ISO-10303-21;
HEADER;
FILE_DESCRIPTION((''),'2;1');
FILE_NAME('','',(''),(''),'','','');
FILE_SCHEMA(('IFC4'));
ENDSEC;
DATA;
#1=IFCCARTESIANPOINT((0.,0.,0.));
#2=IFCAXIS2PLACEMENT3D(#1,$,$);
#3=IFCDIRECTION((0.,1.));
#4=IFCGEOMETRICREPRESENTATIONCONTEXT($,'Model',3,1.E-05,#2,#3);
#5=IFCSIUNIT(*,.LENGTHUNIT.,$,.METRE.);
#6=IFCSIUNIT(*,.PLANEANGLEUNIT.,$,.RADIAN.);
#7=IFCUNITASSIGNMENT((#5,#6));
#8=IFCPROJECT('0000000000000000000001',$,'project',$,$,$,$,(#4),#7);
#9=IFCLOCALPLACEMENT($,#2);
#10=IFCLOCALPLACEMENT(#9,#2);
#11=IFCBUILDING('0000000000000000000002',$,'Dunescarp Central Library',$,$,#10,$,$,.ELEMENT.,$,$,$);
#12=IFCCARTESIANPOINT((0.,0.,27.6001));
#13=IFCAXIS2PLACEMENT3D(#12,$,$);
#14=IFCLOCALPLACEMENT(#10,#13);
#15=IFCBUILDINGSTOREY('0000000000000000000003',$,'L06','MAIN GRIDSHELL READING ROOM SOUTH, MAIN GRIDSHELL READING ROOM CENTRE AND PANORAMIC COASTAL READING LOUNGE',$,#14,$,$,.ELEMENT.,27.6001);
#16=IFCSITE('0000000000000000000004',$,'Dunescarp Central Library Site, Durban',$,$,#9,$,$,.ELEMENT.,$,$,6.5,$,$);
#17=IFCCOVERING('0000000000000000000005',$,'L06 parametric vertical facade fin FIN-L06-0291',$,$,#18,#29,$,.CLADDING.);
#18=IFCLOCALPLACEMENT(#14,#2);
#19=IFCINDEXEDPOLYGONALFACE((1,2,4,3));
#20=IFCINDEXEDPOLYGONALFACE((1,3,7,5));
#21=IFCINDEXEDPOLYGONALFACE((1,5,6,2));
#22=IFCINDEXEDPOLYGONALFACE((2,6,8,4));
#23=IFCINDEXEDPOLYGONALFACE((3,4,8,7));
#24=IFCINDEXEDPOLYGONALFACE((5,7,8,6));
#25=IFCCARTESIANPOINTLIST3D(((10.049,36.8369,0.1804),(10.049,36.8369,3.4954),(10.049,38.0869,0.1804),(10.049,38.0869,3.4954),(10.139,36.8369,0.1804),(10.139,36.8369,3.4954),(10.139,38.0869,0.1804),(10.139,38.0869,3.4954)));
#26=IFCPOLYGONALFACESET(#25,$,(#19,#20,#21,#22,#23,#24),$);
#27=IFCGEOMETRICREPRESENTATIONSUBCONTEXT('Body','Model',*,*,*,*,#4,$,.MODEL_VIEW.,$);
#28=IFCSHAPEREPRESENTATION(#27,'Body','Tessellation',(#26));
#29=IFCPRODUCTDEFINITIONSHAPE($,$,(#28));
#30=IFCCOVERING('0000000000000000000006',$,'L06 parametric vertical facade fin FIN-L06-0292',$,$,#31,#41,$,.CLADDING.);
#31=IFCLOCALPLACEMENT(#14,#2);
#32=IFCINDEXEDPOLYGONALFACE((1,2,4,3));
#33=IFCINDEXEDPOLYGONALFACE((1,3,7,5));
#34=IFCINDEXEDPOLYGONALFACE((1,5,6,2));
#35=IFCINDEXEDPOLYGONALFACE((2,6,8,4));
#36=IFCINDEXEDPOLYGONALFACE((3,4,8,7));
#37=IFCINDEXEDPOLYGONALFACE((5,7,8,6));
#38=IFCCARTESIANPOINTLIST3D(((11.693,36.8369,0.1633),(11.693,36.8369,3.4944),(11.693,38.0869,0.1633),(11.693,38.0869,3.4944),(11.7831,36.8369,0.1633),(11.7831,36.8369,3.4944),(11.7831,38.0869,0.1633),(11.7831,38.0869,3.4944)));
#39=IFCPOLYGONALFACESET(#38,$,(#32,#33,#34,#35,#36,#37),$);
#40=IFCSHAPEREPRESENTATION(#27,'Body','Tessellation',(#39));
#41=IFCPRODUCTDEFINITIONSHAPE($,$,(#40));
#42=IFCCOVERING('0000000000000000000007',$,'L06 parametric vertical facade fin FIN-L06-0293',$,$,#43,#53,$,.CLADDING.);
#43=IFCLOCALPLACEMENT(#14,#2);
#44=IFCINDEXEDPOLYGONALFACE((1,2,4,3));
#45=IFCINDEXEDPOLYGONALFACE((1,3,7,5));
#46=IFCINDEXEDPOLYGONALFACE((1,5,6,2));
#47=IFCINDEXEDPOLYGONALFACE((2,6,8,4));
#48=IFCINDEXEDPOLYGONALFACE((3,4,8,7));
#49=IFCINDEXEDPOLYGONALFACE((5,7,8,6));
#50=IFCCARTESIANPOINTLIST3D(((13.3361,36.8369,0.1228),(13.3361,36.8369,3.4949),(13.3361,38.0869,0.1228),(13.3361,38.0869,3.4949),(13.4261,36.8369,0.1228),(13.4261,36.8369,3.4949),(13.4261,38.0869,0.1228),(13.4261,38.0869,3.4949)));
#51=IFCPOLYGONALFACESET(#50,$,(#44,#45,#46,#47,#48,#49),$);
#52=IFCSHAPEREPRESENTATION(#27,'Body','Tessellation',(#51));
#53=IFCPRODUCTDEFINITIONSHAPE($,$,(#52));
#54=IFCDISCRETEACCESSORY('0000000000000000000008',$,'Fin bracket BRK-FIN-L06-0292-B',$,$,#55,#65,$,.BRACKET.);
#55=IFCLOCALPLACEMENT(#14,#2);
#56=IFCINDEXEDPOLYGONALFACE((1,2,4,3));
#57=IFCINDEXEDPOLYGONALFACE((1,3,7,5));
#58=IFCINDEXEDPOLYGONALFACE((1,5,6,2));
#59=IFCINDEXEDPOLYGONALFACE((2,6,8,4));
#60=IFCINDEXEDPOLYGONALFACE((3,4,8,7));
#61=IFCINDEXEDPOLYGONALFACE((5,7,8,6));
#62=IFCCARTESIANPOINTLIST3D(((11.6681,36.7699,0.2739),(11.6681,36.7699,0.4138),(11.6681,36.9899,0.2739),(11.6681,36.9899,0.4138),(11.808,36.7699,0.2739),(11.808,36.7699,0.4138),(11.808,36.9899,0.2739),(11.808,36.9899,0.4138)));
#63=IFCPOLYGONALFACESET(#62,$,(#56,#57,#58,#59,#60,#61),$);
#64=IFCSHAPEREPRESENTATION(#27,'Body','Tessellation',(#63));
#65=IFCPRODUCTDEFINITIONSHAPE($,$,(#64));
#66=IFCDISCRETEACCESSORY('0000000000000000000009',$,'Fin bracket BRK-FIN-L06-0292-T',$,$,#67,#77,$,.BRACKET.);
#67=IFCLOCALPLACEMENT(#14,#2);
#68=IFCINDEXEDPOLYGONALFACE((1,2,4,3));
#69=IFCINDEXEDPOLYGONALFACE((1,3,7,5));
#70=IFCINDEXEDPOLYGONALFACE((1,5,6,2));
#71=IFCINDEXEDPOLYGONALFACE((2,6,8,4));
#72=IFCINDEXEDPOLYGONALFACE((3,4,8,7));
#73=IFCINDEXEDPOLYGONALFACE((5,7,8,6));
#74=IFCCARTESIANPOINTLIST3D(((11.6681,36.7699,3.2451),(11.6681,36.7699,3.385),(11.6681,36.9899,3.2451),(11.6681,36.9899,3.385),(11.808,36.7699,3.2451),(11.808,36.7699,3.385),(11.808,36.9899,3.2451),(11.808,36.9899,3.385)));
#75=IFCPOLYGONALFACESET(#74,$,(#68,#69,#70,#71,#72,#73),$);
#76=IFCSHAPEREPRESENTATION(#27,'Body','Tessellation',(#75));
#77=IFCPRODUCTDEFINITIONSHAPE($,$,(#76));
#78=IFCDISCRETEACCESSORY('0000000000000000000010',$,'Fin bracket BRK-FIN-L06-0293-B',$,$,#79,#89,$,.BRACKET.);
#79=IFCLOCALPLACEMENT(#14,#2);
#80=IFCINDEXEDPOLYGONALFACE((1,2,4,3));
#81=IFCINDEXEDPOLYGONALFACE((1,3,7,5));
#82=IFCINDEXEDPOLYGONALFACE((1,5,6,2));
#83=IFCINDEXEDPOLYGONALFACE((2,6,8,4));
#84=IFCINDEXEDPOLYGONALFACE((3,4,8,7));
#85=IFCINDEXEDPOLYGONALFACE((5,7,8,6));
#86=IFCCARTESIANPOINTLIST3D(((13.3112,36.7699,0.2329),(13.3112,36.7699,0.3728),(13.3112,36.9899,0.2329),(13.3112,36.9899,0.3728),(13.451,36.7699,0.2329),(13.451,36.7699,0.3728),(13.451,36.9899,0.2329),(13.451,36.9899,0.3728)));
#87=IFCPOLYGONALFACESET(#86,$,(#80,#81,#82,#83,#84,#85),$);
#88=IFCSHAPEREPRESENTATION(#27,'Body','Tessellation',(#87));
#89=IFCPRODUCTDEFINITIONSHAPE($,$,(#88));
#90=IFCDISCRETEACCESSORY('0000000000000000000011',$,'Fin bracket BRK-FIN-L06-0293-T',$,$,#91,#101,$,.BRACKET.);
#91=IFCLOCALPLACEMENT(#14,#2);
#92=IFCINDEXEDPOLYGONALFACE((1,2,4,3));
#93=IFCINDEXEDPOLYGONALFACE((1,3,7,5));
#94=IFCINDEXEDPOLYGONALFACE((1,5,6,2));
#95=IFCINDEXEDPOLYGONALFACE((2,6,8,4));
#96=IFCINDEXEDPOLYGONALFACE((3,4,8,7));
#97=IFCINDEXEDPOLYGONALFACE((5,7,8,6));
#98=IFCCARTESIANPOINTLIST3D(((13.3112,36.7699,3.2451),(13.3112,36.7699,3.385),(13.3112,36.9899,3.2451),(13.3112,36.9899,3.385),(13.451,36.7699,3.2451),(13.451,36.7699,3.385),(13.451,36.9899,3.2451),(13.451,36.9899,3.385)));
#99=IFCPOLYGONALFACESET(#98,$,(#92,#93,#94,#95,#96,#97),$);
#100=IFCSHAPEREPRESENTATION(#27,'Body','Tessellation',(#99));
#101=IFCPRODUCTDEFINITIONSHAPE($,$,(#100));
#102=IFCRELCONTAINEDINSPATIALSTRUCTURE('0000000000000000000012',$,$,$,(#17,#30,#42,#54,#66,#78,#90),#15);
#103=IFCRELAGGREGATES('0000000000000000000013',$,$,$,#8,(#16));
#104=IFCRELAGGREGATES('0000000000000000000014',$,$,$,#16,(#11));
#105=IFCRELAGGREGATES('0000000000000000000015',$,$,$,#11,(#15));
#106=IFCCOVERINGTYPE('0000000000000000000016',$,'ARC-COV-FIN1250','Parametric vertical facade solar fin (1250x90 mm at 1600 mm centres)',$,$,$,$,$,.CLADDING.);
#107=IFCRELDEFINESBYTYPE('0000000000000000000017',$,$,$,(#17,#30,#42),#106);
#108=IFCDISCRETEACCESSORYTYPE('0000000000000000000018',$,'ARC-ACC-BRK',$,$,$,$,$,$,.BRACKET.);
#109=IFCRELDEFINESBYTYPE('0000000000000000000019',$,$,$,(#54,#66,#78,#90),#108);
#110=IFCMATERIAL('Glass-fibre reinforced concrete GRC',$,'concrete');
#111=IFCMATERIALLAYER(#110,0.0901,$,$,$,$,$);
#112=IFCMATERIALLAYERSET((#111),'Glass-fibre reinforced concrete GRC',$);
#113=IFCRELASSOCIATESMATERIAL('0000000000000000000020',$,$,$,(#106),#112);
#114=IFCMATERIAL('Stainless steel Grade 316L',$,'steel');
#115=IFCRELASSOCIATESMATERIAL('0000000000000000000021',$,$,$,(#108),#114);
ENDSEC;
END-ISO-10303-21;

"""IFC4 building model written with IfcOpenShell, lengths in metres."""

from ifc_helpers import new_model, si_unit, direction, frame, origin, origin_2d, place, context, subcontext, project, spatial, rectangle, extrude, material, layer, layer_set, type_object, element, save


model = new_model("IFC4")

# Units and contexts
model_context = context("Model", 3, precision=1e-05, world=origin(), true_north=direction((0.0, 1.0)))
body_context = subcontext(model_context, "Body", "Model", "MODEL_VIEW")
ifc_project = project(units=[si_unit("LENGTHUNIT", "METRE"), si_unit("PLANEANGLEUNIT", "RADIAN")], contexts=[model_context])

# Site, building, storey
site_placement = place(None, origin())
site = spatial("IfcSite", under=ifc_project, at=site_placement, Name="Dunescarp Central Library Site, Durban", CompositionType="ELEMENT", RefElevation=6.5)
building_placement = place(site_placement, origin())
building = spatial("IfcBuilding", under=site, at=building_placement, Name="Dunescarp Central Library", CompositionType="ELEMENT")
storey_placement = place(building_placement, frame((0.0, 0.0, 27.6001)))
storey = spatial("IfcBuildingStorey", under=building, at=storey_placement, Name="L06", Description="MAIN GRIDSHELL READING ROOM SOUTH, MAIN GRIDSHELL READING ROOM CENTRE AND PANORAMIC COASTAL READING LOUNGE", CompositionType="ELEMENT", Elevation=27.6001)

# Coverings
ifc_material_1 = material(Name="Glass-fibre reinforced concrete GRC", Category="concrete")
ifc_layer_1 = layer(ifc_material_1, 0.0901)
ifc_layer_set_1 = layer_set([ifc_layer_1], Name="Glass-fibre reinforced concrete GRC")
covering_type = type_object("IfcCoveringType", Name="ARC-COV-FIN1250", Description="Parametric vertical facade solar fin (1250x90 mm at 1600 mm centres)", PredefinedType="CLADDING", material=ifc_layer_set_1)
covering_1_placement = place(storey_placement, frame((10.094, 37.4619, 0.1804), z_axis=(0.0, 0.0, 1.0), x_axis=(0.0, 1.0, 0.0)))
element("IfcCovering", 1, at=covering_1_placement, inside=storey, type_object=covering_type, Name="L06 parametric vertical facade fin FIN-L06-0291", PredefinedType="CLADDING", context=body_context, shape_type="SweptSolid", body=[
    extrude(rectangle(XDim=1.25, YDim=0.0901, at=origin_2d()), origin(), (0.0, 0.0, 1.0), 3.3149),
])
covering_2_placement = place(storey_placement, frame((11.738, 37.4619, 0.1633), z_axis=(0.0, 0.0, 1.0), x_axis=(0.0, 1.0, 0.0)))
element("IfcCovering", 2, at=covering_2_placement, inside=storey, type_object=covering_type, Name="L06 parametric vertical facade fin FIN-L06-0292", PredefinedType="CLADDING", context=body_context, shape_type="SweptSolid", body=[
    extrude(rectangle(XDim=1.25, YDim=0.0901, at=origin_2d()), origin(), (0.0, 0.0, 1.0), 3.3311),
])
covering_3_placement = place(storey_placement, frame((13.3811, 37.4619, 0.1228), z_axis=(0.0, 0.0, 1.0), x_axis=(0.0, 1.0, 0.0)))
element("IfcCovering", 3, at=covering_3_placement, inside=storey, type_object=covering_type, Name="L06 parametric vertical facade fin FIN-L06-0293", PredefinedType="CLADDING", context=body_context, shape_type="SweptSolid", body=[
    extrude(rectangle(XDim=1.25, YDim=0.0901, at=origin_2d()), origin(), (0.0, 0.0, 1.0), 3.3721),
])

# Discrete accessories
ifc_material_2 = material(Name="Stainless steel Grade 316L", Category="steel")
discrete_accessory_type = type_object("IfcDiscreteAccessoryType", Name="ARC-ACC-BRK", PredefinedType="BRACKET", material=ifc_material_2)
for number, where, z_axis, x_axis, name in (
    (4, (11.738, 36.8799, 0.2739), (0.0, 0.0, 1.0), (0.0, 1.0, 0.0), "Fin bracket BRK-FIN-L06-0292-B"),
    (5, (11.738, 36.8799, 3.2451), (0.0, 0.0, 1.0), (0.0, 1.0, 0.0), "Fin bracket BRK-FIN-L06-0292-T"),
    (6, (13.3811, 36.8799, 0.2329), (0.0, 0.0, 1.0), (0.0, 1.0, 0.0), "Fin bracket BRK-FIN-L06-0293-B"),
    (7, (13.3811, 36.8799, 3.2451), (0.0, 0.0, 1.0), (0.0, 1.0, 0.0), "Fin bracket BRK-FIN-L06-0293-T"),
):
    element("IfcDiscreteAccessory", number, at=place(storey_placement, frame(where, z_axis=z_axis, x_axis=x_axis)), inside=storey, type_object=discrete_accessory_type, Name=name, PredefinedType="BRACKET", context=body_context, shape_type="SweptSolid", body=[
        extrude(rectangle(XDim=0.22, YDim=0.1399, at=origin_2d()), origin(), (0.0, 0.0, 1.0), 0.1399),
    ])

save(model, "model.ifc")
